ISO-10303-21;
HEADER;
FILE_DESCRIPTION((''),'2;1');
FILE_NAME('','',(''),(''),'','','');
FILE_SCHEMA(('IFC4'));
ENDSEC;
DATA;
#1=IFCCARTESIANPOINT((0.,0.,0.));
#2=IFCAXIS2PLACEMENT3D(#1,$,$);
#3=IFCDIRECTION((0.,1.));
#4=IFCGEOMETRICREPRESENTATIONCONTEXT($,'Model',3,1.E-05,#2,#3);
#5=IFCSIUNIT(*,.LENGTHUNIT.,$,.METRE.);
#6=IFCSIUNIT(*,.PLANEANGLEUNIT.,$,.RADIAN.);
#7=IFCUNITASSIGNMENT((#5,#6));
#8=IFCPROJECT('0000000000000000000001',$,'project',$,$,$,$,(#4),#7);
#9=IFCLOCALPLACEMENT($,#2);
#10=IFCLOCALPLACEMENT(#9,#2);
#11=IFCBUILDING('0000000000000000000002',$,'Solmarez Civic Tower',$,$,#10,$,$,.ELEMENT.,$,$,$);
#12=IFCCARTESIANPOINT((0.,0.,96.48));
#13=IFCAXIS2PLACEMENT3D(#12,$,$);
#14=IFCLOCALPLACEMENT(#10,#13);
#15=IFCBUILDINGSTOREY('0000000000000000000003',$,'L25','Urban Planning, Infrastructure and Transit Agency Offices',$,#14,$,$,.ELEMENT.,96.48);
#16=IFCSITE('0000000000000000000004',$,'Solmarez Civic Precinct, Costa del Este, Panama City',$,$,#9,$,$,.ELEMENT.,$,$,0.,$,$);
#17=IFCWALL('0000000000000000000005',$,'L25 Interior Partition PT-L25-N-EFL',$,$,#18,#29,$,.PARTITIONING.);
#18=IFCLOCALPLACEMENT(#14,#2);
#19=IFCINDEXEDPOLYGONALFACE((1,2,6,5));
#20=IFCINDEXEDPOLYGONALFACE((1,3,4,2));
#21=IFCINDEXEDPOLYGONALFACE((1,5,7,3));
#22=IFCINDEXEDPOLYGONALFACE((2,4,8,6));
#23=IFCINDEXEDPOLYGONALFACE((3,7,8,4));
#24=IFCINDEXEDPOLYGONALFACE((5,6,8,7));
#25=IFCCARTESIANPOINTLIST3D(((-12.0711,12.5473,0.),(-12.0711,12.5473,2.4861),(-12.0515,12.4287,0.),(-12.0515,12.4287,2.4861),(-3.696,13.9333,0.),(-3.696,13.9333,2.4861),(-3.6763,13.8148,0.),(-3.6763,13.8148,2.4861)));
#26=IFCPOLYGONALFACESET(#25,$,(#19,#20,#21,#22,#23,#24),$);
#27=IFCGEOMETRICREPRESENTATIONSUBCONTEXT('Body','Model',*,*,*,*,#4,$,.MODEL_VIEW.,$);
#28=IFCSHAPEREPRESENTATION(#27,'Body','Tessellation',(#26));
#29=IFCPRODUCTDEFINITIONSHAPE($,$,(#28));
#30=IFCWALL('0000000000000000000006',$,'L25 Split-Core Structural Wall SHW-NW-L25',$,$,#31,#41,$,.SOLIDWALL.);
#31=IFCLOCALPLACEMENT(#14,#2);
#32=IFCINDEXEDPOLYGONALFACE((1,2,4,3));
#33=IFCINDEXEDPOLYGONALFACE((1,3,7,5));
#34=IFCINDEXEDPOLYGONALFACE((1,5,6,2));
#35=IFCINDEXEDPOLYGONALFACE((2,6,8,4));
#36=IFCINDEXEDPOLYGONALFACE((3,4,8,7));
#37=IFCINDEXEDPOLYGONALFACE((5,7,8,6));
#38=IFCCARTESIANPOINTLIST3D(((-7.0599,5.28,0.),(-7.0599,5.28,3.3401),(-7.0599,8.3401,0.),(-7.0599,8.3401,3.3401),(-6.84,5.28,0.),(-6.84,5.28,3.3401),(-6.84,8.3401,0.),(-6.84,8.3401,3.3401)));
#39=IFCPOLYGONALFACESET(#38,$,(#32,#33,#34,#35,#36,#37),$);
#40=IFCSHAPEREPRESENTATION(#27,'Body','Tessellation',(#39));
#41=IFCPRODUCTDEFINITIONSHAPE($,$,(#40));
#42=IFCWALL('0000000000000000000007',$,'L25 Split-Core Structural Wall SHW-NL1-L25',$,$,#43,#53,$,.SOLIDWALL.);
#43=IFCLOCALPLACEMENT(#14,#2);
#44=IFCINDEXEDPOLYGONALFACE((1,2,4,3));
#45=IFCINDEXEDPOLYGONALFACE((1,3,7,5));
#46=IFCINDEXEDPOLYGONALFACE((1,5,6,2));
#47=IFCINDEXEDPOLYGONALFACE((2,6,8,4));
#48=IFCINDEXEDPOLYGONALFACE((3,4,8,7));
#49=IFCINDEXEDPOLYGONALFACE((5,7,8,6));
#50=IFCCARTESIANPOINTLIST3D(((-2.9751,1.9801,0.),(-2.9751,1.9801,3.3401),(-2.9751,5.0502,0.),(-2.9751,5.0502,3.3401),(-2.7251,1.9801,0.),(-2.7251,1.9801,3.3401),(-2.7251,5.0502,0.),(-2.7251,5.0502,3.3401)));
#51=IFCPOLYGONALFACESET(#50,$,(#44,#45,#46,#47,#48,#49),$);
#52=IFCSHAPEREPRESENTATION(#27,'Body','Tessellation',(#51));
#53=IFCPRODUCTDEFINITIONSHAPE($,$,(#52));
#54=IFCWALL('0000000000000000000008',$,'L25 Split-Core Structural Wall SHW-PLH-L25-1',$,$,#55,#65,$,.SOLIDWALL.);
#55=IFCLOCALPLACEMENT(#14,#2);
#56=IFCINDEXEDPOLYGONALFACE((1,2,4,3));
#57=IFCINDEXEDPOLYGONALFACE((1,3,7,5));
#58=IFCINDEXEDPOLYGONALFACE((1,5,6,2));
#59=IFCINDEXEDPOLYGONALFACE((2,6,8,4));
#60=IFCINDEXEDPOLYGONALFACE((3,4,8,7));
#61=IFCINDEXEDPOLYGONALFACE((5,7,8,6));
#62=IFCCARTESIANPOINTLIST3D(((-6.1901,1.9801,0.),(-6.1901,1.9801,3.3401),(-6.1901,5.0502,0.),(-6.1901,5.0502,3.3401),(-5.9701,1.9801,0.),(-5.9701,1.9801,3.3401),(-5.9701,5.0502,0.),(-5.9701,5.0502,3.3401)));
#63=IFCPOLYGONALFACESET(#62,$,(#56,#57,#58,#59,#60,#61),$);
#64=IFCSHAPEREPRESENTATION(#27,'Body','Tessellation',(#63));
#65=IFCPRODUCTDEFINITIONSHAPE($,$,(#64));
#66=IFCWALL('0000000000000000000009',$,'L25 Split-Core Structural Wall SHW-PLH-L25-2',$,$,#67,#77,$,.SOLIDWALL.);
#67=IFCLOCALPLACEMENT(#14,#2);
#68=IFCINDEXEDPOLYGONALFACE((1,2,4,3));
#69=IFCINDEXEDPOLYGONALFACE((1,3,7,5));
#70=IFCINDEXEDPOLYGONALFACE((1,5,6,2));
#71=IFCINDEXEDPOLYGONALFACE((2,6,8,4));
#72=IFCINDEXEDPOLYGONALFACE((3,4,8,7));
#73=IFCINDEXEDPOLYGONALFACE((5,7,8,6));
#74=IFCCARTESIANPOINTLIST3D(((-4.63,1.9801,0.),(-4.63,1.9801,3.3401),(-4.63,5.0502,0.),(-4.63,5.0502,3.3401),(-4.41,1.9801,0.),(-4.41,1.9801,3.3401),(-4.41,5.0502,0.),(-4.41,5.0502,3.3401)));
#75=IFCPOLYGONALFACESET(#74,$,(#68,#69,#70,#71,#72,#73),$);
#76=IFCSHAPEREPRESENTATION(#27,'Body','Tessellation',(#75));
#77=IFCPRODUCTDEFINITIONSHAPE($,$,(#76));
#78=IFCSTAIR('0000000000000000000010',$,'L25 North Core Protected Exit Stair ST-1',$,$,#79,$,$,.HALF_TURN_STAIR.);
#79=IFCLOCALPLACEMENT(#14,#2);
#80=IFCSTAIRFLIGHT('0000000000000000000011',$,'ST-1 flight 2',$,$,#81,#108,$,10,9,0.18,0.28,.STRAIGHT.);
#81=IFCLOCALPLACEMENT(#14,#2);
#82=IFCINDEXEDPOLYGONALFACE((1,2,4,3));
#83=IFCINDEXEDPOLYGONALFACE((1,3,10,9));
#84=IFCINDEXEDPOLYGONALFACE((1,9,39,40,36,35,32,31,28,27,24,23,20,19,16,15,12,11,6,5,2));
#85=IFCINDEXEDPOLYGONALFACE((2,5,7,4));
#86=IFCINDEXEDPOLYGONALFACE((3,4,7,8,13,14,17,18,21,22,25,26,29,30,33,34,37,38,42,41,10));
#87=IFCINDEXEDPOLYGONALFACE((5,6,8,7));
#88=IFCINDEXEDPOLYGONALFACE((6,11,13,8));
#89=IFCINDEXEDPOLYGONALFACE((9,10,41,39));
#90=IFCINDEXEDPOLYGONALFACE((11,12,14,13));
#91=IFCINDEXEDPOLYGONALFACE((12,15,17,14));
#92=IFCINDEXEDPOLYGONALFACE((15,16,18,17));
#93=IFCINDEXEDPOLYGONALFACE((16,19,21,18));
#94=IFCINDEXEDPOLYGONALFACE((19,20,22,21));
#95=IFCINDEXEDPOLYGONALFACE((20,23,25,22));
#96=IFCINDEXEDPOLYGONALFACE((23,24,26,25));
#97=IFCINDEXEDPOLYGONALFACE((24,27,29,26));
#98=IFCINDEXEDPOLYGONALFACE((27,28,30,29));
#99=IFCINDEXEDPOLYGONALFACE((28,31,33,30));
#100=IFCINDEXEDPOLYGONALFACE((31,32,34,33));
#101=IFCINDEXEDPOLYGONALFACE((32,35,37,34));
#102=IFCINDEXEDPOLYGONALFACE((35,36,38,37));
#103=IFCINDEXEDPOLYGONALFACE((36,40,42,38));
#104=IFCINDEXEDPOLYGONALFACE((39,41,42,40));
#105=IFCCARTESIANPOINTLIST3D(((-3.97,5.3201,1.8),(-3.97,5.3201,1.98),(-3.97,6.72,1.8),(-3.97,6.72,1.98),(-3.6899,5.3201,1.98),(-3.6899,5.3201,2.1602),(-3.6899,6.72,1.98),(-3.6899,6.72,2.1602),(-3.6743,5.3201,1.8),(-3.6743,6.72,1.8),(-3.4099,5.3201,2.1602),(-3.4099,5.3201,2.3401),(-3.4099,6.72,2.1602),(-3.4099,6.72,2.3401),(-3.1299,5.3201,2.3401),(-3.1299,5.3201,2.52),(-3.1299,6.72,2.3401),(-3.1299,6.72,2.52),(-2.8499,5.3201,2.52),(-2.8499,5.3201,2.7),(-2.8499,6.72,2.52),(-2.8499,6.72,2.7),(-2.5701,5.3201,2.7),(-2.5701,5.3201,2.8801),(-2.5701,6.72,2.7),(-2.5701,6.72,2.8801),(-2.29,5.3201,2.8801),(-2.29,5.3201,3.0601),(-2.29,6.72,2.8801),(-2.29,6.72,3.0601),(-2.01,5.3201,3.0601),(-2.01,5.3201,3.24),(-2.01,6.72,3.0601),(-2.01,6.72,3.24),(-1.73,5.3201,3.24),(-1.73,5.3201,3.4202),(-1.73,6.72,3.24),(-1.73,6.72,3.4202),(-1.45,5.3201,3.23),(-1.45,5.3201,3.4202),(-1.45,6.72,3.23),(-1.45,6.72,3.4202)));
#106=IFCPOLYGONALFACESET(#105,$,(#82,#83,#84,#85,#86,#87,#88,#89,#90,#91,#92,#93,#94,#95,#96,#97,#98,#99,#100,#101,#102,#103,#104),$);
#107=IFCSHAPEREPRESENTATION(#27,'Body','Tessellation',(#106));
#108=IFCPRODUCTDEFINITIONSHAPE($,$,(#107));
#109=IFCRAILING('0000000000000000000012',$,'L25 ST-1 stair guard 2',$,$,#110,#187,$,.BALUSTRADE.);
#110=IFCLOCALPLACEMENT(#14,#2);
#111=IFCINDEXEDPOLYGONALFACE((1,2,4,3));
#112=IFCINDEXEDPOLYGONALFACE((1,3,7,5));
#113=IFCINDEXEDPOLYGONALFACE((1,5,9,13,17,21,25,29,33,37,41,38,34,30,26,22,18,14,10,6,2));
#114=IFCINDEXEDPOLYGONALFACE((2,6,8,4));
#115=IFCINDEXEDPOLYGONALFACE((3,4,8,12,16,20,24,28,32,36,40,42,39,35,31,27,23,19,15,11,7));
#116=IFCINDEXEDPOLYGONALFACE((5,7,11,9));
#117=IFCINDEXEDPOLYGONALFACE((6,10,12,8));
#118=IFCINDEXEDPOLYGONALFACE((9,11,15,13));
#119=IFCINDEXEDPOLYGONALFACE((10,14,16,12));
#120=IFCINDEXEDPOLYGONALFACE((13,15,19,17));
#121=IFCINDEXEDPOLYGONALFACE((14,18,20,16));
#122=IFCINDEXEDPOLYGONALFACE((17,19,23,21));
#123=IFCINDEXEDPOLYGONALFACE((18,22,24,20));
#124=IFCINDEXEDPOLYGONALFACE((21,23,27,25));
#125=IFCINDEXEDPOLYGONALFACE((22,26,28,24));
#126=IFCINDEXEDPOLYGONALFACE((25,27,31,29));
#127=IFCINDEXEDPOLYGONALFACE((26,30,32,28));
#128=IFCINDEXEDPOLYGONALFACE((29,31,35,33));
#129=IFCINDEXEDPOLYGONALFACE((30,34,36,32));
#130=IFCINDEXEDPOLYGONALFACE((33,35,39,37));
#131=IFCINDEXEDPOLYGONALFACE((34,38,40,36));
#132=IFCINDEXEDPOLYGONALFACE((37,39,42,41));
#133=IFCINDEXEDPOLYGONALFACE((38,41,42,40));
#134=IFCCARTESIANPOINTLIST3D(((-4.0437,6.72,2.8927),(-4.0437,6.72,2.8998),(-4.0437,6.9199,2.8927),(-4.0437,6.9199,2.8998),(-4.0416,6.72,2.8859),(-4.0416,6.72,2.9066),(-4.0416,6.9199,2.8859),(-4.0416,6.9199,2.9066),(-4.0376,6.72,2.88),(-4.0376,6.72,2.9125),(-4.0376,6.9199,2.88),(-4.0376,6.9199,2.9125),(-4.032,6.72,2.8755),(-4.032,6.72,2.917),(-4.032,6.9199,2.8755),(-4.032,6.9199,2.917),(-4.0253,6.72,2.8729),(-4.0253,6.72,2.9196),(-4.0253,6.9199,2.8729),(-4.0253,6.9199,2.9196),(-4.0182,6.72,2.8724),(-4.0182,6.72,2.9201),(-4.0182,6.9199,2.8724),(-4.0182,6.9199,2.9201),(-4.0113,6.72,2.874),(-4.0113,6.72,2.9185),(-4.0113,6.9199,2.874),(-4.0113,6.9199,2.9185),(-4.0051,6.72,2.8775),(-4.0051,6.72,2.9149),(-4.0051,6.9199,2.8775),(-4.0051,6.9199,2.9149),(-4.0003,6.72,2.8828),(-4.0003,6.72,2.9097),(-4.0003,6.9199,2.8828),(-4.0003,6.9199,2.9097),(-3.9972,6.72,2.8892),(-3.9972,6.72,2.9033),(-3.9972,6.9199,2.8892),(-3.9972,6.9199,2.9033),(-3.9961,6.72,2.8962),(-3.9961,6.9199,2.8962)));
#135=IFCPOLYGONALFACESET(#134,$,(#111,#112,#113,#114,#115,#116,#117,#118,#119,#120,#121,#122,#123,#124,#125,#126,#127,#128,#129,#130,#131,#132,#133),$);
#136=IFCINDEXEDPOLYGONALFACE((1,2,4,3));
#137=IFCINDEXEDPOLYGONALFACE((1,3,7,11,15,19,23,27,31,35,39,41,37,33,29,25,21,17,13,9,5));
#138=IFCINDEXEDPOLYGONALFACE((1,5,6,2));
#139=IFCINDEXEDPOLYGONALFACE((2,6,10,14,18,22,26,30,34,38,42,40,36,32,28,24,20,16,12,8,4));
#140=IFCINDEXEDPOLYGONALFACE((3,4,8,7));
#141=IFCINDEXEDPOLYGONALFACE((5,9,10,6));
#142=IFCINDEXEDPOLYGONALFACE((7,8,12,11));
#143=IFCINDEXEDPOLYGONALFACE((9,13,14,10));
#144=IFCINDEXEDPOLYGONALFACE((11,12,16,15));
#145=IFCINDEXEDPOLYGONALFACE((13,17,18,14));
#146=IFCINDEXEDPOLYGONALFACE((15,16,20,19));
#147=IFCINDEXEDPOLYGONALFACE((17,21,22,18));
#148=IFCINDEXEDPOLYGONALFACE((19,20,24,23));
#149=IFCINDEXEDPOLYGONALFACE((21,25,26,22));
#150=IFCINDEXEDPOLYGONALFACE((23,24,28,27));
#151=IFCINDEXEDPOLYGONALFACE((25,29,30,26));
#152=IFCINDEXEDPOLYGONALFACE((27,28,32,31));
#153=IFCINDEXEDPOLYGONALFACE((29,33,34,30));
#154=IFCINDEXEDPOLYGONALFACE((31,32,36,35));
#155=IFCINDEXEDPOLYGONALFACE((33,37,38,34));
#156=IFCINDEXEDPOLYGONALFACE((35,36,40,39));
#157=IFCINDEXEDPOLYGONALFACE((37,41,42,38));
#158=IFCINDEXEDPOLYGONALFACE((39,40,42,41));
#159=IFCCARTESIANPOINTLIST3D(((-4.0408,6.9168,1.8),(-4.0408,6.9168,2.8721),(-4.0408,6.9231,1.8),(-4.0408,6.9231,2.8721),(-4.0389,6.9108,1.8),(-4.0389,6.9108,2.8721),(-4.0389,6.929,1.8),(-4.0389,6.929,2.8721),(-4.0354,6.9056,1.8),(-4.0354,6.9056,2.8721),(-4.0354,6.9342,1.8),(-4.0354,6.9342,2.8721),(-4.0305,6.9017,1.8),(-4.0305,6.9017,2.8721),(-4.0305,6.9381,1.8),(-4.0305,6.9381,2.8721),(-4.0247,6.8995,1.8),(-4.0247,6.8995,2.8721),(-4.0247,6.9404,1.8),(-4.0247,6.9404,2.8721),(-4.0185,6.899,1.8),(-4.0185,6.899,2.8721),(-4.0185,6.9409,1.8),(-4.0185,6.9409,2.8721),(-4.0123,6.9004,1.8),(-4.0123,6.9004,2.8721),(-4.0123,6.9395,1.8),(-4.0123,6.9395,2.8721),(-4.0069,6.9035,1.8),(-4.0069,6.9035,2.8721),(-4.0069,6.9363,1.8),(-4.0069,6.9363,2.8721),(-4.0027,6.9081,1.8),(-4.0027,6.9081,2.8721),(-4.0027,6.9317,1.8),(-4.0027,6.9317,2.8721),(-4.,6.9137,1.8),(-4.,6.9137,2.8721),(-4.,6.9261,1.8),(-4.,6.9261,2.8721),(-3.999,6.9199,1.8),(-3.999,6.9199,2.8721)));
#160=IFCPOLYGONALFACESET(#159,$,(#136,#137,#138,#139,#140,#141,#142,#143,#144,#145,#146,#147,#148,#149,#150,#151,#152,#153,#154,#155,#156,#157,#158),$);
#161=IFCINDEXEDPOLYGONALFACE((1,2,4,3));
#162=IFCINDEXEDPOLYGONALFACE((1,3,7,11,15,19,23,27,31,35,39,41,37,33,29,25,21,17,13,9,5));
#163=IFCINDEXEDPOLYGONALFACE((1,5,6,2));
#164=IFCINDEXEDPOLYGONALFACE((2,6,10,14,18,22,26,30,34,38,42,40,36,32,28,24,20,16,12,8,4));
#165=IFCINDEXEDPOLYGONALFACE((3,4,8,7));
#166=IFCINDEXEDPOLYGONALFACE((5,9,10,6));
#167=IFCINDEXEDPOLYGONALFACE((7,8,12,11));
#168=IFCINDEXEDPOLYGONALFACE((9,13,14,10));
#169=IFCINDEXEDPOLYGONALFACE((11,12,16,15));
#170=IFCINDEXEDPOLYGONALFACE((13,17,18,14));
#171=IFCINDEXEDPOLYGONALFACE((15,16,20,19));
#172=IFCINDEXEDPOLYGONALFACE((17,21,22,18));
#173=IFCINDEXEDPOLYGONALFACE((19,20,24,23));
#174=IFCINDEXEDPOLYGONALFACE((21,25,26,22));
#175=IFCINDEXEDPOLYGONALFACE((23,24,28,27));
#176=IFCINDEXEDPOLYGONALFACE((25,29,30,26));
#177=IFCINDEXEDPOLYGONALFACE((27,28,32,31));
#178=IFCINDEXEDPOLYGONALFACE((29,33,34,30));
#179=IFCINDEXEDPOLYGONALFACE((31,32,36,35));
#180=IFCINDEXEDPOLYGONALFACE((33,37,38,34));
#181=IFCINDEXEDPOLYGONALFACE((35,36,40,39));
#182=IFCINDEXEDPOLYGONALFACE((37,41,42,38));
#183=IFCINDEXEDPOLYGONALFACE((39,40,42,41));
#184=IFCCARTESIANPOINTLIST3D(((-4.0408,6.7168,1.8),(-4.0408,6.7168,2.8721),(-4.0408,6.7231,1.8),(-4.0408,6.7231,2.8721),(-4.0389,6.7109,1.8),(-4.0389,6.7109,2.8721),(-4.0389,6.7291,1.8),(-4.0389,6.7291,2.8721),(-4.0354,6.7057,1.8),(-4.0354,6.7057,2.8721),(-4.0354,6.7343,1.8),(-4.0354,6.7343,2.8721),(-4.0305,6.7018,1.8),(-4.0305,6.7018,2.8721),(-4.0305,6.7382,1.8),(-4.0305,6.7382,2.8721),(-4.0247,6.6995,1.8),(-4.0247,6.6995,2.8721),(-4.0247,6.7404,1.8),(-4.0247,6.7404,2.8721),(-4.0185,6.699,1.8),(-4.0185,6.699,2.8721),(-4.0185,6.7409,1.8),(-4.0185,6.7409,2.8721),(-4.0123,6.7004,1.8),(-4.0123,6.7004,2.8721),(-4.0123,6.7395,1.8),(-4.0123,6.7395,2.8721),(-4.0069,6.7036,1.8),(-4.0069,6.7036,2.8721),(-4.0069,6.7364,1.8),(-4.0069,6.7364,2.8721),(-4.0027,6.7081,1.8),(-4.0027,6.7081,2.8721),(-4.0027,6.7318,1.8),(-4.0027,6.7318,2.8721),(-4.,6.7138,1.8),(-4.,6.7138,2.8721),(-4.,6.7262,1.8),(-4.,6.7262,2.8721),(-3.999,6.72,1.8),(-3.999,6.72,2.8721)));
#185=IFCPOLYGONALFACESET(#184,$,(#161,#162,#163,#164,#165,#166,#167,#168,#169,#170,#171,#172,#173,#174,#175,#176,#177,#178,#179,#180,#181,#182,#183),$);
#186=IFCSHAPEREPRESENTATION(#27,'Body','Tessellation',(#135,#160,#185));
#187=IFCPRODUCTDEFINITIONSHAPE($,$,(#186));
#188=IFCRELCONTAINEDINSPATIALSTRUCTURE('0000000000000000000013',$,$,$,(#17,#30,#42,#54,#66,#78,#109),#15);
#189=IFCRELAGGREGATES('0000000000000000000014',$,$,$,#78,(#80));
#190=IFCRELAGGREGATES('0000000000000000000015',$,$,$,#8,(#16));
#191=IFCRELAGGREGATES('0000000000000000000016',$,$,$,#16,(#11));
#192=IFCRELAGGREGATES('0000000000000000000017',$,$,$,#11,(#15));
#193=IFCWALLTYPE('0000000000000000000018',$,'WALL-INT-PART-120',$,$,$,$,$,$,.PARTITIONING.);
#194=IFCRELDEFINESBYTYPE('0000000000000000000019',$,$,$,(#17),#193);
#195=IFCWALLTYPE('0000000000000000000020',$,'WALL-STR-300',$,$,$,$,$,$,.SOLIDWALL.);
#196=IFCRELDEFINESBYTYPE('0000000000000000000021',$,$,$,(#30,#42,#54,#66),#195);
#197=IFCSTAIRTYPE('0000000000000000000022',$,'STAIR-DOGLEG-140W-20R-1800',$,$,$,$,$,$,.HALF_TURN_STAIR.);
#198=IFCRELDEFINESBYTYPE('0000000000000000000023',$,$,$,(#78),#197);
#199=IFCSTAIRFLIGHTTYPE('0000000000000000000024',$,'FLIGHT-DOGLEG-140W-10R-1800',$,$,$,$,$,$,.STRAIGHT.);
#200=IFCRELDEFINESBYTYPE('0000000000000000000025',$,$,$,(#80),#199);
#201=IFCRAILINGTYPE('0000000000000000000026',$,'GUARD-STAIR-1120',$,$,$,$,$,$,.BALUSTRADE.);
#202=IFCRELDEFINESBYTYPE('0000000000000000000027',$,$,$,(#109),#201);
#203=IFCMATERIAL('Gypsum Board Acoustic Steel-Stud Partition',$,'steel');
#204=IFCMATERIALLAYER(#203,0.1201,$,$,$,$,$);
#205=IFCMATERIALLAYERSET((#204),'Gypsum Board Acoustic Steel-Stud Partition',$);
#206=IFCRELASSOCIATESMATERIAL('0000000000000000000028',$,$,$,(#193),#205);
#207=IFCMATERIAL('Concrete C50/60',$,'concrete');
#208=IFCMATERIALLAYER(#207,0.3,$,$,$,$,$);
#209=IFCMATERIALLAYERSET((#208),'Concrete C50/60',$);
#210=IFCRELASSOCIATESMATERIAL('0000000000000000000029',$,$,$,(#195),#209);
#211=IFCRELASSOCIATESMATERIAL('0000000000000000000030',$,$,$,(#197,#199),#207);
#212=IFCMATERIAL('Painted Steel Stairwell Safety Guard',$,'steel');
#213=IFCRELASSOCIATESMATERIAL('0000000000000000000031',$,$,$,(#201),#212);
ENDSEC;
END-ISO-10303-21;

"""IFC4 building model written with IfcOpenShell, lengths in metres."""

from ifc_helpers import new_model, si_unit, direction, frame, frame_2d, origin, origin_2d, place, context, subcontext, project, spatial, polyline, rectangle, circle, outline, extrude, material, layer, layer_set, type_object, element, aggregate, save


model = new_model("IFC4")

# Units and contexts
model_context = context("Model", 3, precision=1e-05, world=origin(), true_north=direction((0.0, 1.0)))
body_context = subcontext(model_context, "Body", "Model", "MODEL_VIEW")
ifc_project = project(units=[si_unit("LENGTHUNIT", "METRE"), si_unit("PLANEANGLEUNIT", "RADIAN")], contexts=[model_context])

# Site, building, storey
site_placement = place(None, origin())
site = spatial("IfcSite", under=ifc_project, at=site_placement, Name="Solmarez Civic Precinct, Costa del Este, Panama City", CompositionType="ELEMENT", RefElevation=0.0)
building_placement = place(site_placement, origin())
building = spatial("IfcBuilding", under=site, at=building_placement, Name="Solmarez Civic Tower", CompositionType="ELEMENT")
storey_placement = place(building_placement, frame((0.0, 0.0, 96.48)))
storey = spatial("IfcBuildingStorey", under=building, at=storey_placement, Name="L25", Description="Urban Planning, Infrastructure and Transit Agency Offices", CompositionType="ELEMENT", Elevation=96.48)

# Walls
ifc_material_1 = material(Name="Gypsum Board Acoustic Steel-Stud Partition", Category="steel")
ifc_layer_1 = layer(ifc_material_1, 0.1201)
ifc_layer_set_1 = layer_set([ifc_layer_1], Name="Gypsum Board Acoustic Steel-Stud Partition")
wall_type_1 = type_object("IfcWallType", Name="WALL-INT-PART-120", PredefinedType="PARTITIONING", material=ifc_layer_set_1)
wall_1_placement = place(storey_placement, frame((-3.686, 13.874, 0.0), z_axis=(0.0, 0.0, 1.0), x_axis=(-0.986581, -0.16327, 0.0)))
element("IfcWall", 1, at=wall_1_placement, inside=storey, type_object=wall_type_1, Name="L25 Interior Partition PT-L25-N-EFL", PredefinedType="PARTITIONING", context=body_context, shape_type="SweptSolid", body=[
    extrude(rectangle(XDim=8.489, YDim=0.1201, at=frame_2d((4.2446, 0.0))), origin(), (0.0, 0.0, 1.0), 2.4861),
])
ifc_material_2 = material(Name="Concrete C50/60", Category="concrete")
ifc_layer_2 = layer(ifc_material_2, 0.3)
ifc_layer_set_2 = layer_set([ifc_layer_2], Name="Concrete C50/60")
wall_type_2 = type_object("IfcWallType", Name="WALL-STR-300", PredefinedType="SOLIDWALL", material=ifc_layer_set_2)
wall_2_placement = place(storey_placement, frame((-6.95, 5.28, 0.0), z_axis=(0.0, 0.0, 1.0), x_axis=(0.0, 1.0, 0.0)))
element("IfcWall", 2, at=wall_2_placement, inside=storey, type_object=wall_type_2, Name="L25 Split-Core Structural Wall SHW-NW-L25", PredefinedType="SOLIDWALL", context=body_context, shape_type="SweptSolid", body=[
    extrude(rectangle(XDim=3.0601, YDim=0.22, at=frame_2d((1.53, 0.0))), origin(), (0.0, 0.0, 1.0), 3.3401),
])
wall_3_placement = place(storey_placement, frame((-2.8501, 1.98, 0.0), z_axis=(0.0, 0.0, 1.0), x_axis=(0.0, 1.0, 0.0)))
element("IfcWall", 3, at=wall_3_placement, inside=storey, type_object=wall_type_2, Name="L25 Split-Core Structural Wall SHW-NL1-L25", PredefinedType="SOLIDWALL", context=body_context, shape_type="SweptSolid", body=[
    extrude(rectangle(XDim=3.0701, YDim=0.25, at=frame_2d((1.5352, 0.0))), origin(), (0.0, 0.0, 1.0), 3.3401),
])
for number, where, z_axis, x_axis, name in (
    (4, (-6.0801, 1.98, 0.0), (0.0, 0.0, 1.0), (0.0, 1.0, 0.0), "L25 Split-Core Structural Wall SHW-PLH-L25-1"),
    (5, (-4.52, 1.98, 0.0), (0.0, 0.0, 1.0), (0.0, 1.0, 0.0), "L25 Split-Core Structural Wall SHW-PLH-L25-2"),
):
    element("IfcWall", number, at=place(storey_placement, frame(where, z_axis=z_axis, x_axis=x_axis)), inside=storey, type_object=wall_type_2, Name=name, PredefinedType="SOLIDWALL", context=body_context, shape_type="SweptSolid", body=[
        extrude(rectangle(XDim=3.0701, YDim=0.22, at=frame_2d((1.5352, 0.0))), origin(), (0.0, 0.0, 1.0), 3.3401),
    ])

# Stair, stair flight
stair_type = type_object("IfcStairType", Name="STAIR-DOGLEG-140W-20R-1800", PredefinedType="HALF_TURN_STAIR", material=ifc_material_2)
stair_placement = place(storey_placement, origin())
stair = element("IfcStair", 6, at=stair_placement, inside=storey, type_object=stair_type, Name="L25 North Core Protected Exit Stair ST-1", PredefinedType="HALF_TURN_STAIR")
stair_flight_type = type_object("IfcStairFlightType", Name="FLIGHT-DOGLEG-140W-10R-1800", PredefinedType="STRAIGHT", material=ifc_material_2)
stair_flight_placement = place(storey_placement, frame((-3.97, 6.02, 1.8), z_axis=(0.0, 0.0, 1.0), x_axis=(1.0, 0.0, 0.0)))
stair_flight = element("IfcStairFlight", 7, at=stair_flight_placement, type_object=stair_flight_type, Name="ST-1 flight 2", NumberOfRisers=10, NumberOfTreads=9, PredefinedType="STRAIGHT", RiserHeight=0.18, TreadLength=0.28, context=body_context, shape_type="SweptSolid", body=[
    extrude(outline(polyline([(0.0, 0.0), (0.0, 0.1799), (0.28, 0.1799), (0.28, 0.3601), (0.5601, 0.3601), (0.5601, 0.54), (0.8401, 0.54), (0.8401, 0.72), (1.1201, 0.72), (1.1201, 0.8999), (1.3999, 0.8999), (1.3999, 1.0801), (1.6799, 1.0801), (1.6799, 1.26), (1.96, 1.26), (1.96, 1.4399), (2.24, 1.4399), (2.24, 1.6201), (2.52, 1.6201), (2.52, 1.8), (2.52, 1.4299), (0.2957, 0.0), (0.0, 0.0)])), frame((0.0, 0.7, 0.0), z_axis=(0.0, -1.0, 0.0), x_axis=(1.0, 0.0, 0.0)), (0.0, 0.0, 1.0), 1.3999),
])
aggregate(stair, [stair_flight])

# Railing
ifc_material_3 = material(Name="Painted Steel Stairwell Safety Guard", Category="steel")
railing_type_1 = type_object("IfcRailingType", Name="GUARD-STAIR-1120", PredefinedType="BALUSTRADE", material=ifc_material_3)
railing_1_placement = place(storey_placement, frame((-4.02, 6.9199, 1.8)))
element("IfcRailing", 8, at=railing_1_placement, inside=storey, type_object=railing_type_1, Name="L25 ST-1 stair guard 2", PredefinedType="BALUSTRADE", context=body_context, shape_type="SweptSolid", body=[
    extrude(circle(Radius=0.0239, at=origin_2d()), frame((0.0, 0.0, 1.0962), z_axis=(0.0, -1.0, 0.0), x_axis=(1.0, 0.0, 0.0)), (0.0, 0.0, 1.0), 0.2),
    extrude(circle(Radius=0.021, at=origin_2d()), origin(), (0.0, 0.0, 1.0), 1.072),
    extrude(circle(Radius=0.021, at=origin_2d()), frame((0.0, -0.2, 0.0)), (0.0, 0.0, 1.0), 1.072),
])

save(model, "model.ifc")
